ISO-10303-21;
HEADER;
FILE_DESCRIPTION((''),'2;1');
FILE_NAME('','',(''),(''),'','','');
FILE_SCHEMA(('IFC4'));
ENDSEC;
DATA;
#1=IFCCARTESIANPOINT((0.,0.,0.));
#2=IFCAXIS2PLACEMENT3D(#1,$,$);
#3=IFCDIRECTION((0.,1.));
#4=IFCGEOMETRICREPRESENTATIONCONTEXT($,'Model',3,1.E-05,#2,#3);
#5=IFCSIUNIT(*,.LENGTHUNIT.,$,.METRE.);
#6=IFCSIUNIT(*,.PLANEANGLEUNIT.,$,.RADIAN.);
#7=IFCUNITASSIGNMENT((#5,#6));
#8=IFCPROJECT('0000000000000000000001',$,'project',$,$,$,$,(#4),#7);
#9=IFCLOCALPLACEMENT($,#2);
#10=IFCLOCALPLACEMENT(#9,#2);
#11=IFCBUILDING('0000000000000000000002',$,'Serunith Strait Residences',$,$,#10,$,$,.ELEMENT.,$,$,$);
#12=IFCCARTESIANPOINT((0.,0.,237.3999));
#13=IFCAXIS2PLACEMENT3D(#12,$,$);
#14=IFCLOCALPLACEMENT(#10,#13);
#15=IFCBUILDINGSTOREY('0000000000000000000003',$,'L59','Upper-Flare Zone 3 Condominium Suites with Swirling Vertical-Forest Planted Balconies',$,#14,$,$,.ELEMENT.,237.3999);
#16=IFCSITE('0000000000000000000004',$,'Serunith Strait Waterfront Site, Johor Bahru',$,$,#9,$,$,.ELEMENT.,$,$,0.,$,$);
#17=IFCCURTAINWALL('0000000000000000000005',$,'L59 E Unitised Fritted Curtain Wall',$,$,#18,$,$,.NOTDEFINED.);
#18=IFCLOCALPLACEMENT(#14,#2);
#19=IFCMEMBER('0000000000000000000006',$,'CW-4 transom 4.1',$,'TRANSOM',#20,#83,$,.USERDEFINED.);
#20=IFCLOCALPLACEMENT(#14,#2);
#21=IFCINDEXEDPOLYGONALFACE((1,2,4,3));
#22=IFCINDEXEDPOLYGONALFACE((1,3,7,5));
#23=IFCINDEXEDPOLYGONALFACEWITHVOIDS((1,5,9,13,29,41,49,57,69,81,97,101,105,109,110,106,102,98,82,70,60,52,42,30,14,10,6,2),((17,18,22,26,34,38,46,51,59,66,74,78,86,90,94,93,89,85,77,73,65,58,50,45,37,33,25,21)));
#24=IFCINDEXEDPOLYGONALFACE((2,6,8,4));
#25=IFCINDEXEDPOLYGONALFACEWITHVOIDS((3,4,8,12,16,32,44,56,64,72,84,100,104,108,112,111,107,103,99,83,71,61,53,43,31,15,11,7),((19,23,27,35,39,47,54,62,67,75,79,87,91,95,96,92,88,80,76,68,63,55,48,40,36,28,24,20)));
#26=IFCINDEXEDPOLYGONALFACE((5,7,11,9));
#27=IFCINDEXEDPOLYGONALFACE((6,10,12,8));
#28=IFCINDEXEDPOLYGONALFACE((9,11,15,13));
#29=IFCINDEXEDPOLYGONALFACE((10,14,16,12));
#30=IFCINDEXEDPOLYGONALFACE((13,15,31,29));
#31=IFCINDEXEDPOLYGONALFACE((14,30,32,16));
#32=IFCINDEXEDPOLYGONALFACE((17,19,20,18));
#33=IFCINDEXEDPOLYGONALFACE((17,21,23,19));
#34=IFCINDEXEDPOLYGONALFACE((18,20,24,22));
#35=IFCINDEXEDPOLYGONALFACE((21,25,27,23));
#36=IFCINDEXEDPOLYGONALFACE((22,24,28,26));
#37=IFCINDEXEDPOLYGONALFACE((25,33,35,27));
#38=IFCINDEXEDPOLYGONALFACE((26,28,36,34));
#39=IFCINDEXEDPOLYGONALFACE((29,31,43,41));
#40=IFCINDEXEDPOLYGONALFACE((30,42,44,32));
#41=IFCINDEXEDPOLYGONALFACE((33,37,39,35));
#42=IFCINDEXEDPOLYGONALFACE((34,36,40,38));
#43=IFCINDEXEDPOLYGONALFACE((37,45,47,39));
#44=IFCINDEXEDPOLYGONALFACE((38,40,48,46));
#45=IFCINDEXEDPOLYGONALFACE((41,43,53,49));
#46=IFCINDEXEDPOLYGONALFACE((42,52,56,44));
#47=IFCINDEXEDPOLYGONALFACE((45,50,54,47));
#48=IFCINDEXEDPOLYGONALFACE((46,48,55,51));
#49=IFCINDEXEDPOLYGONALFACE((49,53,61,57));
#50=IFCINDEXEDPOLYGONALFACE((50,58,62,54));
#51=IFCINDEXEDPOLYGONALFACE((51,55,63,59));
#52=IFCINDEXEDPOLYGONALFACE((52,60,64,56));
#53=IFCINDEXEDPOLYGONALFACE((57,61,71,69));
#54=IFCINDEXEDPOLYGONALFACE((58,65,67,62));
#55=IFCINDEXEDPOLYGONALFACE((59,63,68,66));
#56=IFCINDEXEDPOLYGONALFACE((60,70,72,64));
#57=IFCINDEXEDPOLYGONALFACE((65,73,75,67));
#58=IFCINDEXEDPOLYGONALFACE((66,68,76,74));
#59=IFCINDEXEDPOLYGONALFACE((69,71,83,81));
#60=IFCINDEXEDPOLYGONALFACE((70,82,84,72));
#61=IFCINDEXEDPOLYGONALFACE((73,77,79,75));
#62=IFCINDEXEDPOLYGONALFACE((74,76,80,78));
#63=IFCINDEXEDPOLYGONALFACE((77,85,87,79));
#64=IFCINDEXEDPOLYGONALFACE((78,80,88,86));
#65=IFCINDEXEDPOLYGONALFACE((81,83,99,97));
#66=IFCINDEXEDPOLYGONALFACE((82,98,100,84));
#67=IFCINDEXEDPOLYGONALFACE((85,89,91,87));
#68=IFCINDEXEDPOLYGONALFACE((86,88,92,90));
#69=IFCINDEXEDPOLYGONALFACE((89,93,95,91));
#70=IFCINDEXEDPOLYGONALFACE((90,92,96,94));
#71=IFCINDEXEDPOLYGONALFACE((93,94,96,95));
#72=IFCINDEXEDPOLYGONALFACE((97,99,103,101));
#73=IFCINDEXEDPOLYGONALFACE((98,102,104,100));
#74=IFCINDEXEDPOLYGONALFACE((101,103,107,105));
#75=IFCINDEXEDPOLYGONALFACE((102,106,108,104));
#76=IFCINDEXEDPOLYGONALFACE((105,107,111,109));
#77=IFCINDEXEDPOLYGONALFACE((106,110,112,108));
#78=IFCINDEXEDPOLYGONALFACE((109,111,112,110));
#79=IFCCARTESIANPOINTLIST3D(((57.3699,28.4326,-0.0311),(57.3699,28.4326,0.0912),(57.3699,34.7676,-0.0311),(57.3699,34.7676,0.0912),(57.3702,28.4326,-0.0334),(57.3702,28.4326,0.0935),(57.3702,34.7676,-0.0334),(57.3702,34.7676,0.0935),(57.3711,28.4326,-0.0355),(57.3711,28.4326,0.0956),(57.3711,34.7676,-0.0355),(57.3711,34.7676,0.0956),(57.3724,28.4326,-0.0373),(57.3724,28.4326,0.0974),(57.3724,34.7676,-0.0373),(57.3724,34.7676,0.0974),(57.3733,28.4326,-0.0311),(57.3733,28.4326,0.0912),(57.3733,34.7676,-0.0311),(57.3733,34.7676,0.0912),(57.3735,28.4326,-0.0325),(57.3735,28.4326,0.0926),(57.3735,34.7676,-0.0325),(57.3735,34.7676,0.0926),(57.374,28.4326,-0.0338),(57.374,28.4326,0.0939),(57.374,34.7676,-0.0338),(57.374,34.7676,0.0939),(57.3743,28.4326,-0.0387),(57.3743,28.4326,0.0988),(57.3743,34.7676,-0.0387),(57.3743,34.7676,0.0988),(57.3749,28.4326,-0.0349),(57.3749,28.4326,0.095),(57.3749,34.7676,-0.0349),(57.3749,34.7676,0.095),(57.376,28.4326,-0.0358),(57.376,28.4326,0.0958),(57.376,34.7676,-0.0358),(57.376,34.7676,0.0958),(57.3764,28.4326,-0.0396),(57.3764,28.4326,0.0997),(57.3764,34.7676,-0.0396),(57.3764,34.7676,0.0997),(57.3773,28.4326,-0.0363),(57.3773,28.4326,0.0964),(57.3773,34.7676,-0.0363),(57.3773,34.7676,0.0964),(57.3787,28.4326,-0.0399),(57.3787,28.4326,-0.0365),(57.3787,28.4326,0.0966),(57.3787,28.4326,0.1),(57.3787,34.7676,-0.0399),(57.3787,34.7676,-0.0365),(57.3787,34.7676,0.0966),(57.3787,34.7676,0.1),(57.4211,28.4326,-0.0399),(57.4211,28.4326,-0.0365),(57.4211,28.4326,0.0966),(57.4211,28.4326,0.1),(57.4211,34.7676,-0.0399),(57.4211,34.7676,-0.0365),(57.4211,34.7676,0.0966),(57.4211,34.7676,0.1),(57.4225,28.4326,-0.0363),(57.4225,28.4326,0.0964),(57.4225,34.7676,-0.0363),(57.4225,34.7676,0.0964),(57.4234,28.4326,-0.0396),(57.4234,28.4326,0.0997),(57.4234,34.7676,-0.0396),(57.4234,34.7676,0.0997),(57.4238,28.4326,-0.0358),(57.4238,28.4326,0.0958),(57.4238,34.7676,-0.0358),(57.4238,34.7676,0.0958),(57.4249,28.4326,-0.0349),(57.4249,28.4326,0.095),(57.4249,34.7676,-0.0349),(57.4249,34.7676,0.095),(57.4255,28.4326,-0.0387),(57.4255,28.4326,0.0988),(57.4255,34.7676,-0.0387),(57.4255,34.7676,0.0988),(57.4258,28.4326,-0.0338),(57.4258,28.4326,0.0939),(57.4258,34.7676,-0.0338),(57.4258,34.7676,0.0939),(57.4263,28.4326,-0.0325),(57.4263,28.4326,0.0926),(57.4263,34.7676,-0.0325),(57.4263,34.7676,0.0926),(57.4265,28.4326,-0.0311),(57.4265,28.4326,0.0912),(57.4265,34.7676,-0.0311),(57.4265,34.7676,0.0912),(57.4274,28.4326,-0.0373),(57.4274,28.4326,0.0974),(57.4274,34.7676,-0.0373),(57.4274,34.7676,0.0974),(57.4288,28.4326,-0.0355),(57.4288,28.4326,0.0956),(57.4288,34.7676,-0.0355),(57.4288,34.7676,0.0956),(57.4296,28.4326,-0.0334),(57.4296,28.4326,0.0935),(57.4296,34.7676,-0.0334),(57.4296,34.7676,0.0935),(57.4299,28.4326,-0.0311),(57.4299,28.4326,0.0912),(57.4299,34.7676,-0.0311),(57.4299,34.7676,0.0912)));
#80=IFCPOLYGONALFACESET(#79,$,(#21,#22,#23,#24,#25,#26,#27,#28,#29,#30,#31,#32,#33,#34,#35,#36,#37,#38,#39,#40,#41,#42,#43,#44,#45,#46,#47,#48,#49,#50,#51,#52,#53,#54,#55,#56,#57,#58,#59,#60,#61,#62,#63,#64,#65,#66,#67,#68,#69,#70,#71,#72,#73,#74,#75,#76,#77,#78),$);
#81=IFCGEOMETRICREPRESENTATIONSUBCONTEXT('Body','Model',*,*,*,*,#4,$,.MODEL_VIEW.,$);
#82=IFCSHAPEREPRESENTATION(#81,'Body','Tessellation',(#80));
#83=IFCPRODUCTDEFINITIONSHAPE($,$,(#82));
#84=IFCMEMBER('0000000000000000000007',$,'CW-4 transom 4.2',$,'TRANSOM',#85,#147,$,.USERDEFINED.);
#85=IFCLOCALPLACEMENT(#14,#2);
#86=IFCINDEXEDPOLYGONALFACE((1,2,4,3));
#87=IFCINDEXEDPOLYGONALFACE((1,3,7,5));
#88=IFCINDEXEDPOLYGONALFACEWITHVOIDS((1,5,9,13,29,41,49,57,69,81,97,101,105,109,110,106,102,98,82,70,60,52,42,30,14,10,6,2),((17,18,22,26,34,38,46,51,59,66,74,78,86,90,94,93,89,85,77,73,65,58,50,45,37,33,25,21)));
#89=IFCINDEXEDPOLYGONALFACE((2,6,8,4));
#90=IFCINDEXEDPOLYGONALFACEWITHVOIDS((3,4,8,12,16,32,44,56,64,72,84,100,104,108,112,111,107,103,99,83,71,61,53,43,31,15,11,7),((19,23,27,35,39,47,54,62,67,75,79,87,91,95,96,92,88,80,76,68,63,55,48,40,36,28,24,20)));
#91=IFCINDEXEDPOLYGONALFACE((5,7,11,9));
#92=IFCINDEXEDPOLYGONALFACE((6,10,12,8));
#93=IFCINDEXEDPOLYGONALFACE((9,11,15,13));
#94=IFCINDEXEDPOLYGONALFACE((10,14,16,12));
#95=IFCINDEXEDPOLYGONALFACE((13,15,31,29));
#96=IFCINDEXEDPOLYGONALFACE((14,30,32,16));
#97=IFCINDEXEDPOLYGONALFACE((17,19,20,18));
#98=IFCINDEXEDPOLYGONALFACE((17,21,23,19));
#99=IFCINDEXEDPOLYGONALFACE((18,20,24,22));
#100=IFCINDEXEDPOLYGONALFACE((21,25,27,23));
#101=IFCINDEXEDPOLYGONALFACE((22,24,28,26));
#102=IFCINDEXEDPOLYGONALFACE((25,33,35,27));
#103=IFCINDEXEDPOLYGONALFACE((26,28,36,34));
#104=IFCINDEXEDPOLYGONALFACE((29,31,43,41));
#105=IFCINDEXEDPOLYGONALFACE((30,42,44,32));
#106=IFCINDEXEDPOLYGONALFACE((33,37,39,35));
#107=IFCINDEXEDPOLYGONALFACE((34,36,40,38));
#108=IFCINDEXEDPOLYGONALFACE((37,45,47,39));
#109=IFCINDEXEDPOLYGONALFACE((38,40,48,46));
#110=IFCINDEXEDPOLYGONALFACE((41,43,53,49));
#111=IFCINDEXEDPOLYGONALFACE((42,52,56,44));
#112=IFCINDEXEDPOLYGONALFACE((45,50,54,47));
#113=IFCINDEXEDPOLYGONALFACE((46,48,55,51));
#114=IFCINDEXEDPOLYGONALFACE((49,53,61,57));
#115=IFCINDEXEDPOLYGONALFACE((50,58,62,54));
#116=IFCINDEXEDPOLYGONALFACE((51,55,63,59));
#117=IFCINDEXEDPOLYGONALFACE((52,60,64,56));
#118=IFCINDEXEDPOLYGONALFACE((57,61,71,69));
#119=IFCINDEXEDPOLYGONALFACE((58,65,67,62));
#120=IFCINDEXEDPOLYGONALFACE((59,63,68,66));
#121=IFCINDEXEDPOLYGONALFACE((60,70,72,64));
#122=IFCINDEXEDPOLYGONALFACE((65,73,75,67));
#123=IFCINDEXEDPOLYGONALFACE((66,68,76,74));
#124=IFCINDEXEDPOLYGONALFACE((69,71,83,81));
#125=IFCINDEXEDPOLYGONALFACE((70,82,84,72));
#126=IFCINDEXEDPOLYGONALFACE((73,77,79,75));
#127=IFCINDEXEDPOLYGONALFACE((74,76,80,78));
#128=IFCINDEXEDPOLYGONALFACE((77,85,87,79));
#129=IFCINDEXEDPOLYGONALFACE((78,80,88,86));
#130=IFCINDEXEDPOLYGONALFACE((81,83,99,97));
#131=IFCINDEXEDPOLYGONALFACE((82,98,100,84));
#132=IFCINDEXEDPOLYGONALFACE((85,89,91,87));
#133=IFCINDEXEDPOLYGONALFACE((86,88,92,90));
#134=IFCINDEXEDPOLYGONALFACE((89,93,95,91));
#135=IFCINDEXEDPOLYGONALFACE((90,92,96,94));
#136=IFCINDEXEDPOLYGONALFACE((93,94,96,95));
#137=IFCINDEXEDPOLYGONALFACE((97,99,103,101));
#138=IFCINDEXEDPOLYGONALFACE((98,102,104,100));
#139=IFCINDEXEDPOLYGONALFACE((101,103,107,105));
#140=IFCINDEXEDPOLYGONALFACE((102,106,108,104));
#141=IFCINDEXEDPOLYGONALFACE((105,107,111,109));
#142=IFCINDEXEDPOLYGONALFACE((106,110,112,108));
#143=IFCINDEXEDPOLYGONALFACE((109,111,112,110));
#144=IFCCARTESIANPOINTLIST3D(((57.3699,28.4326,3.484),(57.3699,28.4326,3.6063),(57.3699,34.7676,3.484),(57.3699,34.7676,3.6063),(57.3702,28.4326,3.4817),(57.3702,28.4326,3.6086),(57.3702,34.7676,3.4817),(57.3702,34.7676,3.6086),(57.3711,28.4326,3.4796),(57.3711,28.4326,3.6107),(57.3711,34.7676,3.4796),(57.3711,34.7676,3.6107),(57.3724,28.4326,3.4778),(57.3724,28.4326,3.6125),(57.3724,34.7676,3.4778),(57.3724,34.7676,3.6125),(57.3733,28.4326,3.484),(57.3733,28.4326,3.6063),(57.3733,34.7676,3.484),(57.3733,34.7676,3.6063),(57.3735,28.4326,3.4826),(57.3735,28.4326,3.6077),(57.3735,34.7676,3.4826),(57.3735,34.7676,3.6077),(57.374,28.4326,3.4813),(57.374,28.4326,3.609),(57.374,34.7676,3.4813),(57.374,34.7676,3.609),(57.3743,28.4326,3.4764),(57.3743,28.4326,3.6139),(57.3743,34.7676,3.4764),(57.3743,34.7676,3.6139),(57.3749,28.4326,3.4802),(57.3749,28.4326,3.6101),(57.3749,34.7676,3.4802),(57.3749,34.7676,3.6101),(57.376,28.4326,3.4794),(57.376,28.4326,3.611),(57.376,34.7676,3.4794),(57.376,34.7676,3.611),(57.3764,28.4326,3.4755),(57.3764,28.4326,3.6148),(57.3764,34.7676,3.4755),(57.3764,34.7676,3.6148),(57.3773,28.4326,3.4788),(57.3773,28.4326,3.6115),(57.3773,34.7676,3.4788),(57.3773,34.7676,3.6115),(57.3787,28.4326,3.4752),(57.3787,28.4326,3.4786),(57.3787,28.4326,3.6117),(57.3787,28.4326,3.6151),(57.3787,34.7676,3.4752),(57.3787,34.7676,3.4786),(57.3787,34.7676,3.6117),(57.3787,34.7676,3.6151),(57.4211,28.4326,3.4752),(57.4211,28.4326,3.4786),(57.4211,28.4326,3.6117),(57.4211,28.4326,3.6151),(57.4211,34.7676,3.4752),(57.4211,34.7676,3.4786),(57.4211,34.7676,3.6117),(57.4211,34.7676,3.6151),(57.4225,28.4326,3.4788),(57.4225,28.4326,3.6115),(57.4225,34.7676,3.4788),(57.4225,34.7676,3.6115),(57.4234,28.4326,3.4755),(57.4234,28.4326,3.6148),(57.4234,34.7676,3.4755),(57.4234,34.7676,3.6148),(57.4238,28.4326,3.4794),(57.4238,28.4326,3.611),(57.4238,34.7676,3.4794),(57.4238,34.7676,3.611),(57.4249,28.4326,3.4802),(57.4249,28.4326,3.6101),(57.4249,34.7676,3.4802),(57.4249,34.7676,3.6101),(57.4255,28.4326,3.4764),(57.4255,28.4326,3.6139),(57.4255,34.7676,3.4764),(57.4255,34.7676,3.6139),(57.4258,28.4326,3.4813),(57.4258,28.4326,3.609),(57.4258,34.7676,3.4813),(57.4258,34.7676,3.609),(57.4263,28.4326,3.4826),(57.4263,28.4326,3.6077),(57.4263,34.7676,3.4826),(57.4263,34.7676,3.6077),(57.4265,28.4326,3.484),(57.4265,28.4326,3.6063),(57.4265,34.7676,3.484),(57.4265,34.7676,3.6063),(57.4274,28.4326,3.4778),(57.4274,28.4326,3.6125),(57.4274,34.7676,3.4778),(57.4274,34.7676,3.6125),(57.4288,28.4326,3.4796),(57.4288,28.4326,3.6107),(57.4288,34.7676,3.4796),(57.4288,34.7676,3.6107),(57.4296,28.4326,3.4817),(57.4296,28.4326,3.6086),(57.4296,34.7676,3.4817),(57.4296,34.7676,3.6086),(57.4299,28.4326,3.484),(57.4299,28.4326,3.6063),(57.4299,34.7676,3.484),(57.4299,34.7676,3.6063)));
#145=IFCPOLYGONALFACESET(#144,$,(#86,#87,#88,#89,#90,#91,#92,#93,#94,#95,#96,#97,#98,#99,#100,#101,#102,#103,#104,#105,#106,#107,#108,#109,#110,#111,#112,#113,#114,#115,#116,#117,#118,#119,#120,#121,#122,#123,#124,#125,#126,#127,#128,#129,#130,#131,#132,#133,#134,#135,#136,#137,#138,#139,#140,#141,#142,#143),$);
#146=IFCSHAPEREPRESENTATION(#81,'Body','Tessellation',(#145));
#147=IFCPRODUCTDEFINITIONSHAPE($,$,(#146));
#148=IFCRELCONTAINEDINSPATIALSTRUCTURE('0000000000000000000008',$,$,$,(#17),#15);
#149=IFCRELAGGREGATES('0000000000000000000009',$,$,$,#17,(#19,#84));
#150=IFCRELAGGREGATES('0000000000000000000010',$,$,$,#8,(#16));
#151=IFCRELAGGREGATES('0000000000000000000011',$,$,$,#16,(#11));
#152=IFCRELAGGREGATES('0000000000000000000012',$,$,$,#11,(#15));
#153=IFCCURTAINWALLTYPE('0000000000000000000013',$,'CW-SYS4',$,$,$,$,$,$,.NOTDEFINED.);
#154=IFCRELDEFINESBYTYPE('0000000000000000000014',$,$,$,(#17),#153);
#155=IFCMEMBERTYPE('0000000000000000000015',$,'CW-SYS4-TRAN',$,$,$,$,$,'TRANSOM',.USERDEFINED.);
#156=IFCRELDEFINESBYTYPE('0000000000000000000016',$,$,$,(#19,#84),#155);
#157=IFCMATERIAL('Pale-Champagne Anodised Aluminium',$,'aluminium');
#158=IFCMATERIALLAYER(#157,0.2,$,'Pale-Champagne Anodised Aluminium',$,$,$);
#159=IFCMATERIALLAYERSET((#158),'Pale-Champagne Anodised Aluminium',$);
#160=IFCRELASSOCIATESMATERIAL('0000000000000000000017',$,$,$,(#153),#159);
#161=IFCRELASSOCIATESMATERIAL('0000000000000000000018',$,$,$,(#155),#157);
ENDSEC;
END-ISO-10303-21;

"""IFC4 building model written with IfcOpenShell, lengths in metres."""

from ifc_helpers import new_model, si_unit, direction, frame, origin, origin_2d, place, context, subcontext, project, spatial, hollow_rectangle, extrude, source, transform, mapped, material, layer, layer_set, material_profile, profile_set, type_object, element, aggregate, save


model = new_model("IFC4")

# Units and contexts
model_context = context("Model", 3, precision=1e-05, world=origin(), true_north=direction((0.0, 1.0)))
body_context = subcontext(model_context, "Body", "Model", "MODEL_VIEW")
ifc_project = project(units=[si_unit("LENGTHUNIT", "METRE"), si_unit("PLANEANGLEUNIT", "RADIAN")], contexts=[model_context])

# Site, building, storey
site_placement = place(None, origin())
site = spatial("IfcSite", under=ifc_project, at=site_placement, Name="Serunith Strait Waterfront Site, Johor Bahru", CompositionType="ELEMENT", RefElevation=0.0)
building_placement = place(site_placement, origin())
building = spatial("IfcBuilding", under=site, at=building_placement, Name="Serunith Strait Residences", CompositionType="ELEMENT")
storey_placement = place(building_placement, frame((0.0, 0.0, 237.3999)))
storey = spatial("IfcBuildingStorey", under=building, at=storey_placement, Name="L59", Description="Upper-Flare Zone 3 Condominium Suites with Swirling Vertical-Forest Planted Balconies", CompositionType="ELEMENT", Elevation=237.3999)

# Curtain wall, members
ifc_material_1 = material(Name="Pale-Champagne Anodised Aluminium", Category="aluminium")
ifc_layer_1 = layer(ifc_material_1, 0.2, Name="Pale-Champagne Anodised Aluminium")
ifc_layer_set_1 = layer_set([ifc_layer_1], Name="Pale-Champagne Anodised Aluminium")
curtain_wall_type = type_object("IfcCurtainWallType", Name="CW-SYS4", PredefinedType="NOTDEFINED", material=ifc_layer_set_1)
curtain_wall_placement = place(storey_placement, origin())
curtain_wall = element("IfcCurtainWall", 1, at=curtain_wall_placement, inside=storey, type_object=curtain_wall_type, Name="L59 E Unitised Fritted Curtain Wall", PredefinedType="NOTDEFINED")
ifc_material_profile_1 = material_profile(ifc_material_1, hollow_rectangle(XDim=0.0601, YDim=0.1399, WallThickness=0.0034, InnerFilletRadius=0.0054, OuterFilletRadius=0.0088, at=origin_2d()), Name="ALU 140x60x3.5")
ifc_profile_set_1 = profile_set([ifc_material_profile_1], Name="Pale-Champagne Anodised Aluminium")
member_type_1 = type_object("IfcMemberType", Name="CW-SYS4-TRAN", ElementType="TRANSOM", PredefinedType="USERDEFINED", material=ifc_profile_set_1)
shared_shape_1 = source(origin(), body_context, "Body", "SweptSolid", [
    extrude(hollow_rectangle(XDim=0.0601, YDim=0.1399, WallThickness=0.0034, InnerFilletRadius=0.0054, OuterFilletRadius=0.0088, at=origin_2d()), origin(), (0.0, 0.0, 1.0), 6.335),
])
member_1_placement = place(storey_placement, frame((57.3999, 28.4326, 0.03), z_axis=(0.0, 1.0, 0.0), x_axis=(-1.0, 0.0, 0.0)))
member_1 = element("IfcMember", 2, at=member_1_placement, type_object=member_type_1, Name="CW-4 transom 4.1", ObjectType="TRANSOM", PredefinedType="USERDEFINED", context=body_context, shape_type="MappedRepresentation", body=[
    mapped(shared_shape_1, transform((0.0, 0.0, 0.0), scale=1.0)),
])
member_2_placement = place(storey_placement, frame((57.3999, 28.4326, 3.5452), z_axis=(0.0, 1.0, 0.0), x_axis=(-1.0, 0.0, 0.0)))
member_2 = element("IfcMember", 3, at=member_2_placement, type_object=member_type_1, Name="CW-4 transom 4.2", ObjectType="TRANSOM", PredefinedType="USERDEFINED", context=body_context, shape_type="MappedRepresentation", body=[
    mapped(shared_shape_1, transform((0.0, 0.0, 0.0), scale=1.0)),
])
aggregate(curtain_wall, [member_1, member_2])

save(model, "model.ifc")
